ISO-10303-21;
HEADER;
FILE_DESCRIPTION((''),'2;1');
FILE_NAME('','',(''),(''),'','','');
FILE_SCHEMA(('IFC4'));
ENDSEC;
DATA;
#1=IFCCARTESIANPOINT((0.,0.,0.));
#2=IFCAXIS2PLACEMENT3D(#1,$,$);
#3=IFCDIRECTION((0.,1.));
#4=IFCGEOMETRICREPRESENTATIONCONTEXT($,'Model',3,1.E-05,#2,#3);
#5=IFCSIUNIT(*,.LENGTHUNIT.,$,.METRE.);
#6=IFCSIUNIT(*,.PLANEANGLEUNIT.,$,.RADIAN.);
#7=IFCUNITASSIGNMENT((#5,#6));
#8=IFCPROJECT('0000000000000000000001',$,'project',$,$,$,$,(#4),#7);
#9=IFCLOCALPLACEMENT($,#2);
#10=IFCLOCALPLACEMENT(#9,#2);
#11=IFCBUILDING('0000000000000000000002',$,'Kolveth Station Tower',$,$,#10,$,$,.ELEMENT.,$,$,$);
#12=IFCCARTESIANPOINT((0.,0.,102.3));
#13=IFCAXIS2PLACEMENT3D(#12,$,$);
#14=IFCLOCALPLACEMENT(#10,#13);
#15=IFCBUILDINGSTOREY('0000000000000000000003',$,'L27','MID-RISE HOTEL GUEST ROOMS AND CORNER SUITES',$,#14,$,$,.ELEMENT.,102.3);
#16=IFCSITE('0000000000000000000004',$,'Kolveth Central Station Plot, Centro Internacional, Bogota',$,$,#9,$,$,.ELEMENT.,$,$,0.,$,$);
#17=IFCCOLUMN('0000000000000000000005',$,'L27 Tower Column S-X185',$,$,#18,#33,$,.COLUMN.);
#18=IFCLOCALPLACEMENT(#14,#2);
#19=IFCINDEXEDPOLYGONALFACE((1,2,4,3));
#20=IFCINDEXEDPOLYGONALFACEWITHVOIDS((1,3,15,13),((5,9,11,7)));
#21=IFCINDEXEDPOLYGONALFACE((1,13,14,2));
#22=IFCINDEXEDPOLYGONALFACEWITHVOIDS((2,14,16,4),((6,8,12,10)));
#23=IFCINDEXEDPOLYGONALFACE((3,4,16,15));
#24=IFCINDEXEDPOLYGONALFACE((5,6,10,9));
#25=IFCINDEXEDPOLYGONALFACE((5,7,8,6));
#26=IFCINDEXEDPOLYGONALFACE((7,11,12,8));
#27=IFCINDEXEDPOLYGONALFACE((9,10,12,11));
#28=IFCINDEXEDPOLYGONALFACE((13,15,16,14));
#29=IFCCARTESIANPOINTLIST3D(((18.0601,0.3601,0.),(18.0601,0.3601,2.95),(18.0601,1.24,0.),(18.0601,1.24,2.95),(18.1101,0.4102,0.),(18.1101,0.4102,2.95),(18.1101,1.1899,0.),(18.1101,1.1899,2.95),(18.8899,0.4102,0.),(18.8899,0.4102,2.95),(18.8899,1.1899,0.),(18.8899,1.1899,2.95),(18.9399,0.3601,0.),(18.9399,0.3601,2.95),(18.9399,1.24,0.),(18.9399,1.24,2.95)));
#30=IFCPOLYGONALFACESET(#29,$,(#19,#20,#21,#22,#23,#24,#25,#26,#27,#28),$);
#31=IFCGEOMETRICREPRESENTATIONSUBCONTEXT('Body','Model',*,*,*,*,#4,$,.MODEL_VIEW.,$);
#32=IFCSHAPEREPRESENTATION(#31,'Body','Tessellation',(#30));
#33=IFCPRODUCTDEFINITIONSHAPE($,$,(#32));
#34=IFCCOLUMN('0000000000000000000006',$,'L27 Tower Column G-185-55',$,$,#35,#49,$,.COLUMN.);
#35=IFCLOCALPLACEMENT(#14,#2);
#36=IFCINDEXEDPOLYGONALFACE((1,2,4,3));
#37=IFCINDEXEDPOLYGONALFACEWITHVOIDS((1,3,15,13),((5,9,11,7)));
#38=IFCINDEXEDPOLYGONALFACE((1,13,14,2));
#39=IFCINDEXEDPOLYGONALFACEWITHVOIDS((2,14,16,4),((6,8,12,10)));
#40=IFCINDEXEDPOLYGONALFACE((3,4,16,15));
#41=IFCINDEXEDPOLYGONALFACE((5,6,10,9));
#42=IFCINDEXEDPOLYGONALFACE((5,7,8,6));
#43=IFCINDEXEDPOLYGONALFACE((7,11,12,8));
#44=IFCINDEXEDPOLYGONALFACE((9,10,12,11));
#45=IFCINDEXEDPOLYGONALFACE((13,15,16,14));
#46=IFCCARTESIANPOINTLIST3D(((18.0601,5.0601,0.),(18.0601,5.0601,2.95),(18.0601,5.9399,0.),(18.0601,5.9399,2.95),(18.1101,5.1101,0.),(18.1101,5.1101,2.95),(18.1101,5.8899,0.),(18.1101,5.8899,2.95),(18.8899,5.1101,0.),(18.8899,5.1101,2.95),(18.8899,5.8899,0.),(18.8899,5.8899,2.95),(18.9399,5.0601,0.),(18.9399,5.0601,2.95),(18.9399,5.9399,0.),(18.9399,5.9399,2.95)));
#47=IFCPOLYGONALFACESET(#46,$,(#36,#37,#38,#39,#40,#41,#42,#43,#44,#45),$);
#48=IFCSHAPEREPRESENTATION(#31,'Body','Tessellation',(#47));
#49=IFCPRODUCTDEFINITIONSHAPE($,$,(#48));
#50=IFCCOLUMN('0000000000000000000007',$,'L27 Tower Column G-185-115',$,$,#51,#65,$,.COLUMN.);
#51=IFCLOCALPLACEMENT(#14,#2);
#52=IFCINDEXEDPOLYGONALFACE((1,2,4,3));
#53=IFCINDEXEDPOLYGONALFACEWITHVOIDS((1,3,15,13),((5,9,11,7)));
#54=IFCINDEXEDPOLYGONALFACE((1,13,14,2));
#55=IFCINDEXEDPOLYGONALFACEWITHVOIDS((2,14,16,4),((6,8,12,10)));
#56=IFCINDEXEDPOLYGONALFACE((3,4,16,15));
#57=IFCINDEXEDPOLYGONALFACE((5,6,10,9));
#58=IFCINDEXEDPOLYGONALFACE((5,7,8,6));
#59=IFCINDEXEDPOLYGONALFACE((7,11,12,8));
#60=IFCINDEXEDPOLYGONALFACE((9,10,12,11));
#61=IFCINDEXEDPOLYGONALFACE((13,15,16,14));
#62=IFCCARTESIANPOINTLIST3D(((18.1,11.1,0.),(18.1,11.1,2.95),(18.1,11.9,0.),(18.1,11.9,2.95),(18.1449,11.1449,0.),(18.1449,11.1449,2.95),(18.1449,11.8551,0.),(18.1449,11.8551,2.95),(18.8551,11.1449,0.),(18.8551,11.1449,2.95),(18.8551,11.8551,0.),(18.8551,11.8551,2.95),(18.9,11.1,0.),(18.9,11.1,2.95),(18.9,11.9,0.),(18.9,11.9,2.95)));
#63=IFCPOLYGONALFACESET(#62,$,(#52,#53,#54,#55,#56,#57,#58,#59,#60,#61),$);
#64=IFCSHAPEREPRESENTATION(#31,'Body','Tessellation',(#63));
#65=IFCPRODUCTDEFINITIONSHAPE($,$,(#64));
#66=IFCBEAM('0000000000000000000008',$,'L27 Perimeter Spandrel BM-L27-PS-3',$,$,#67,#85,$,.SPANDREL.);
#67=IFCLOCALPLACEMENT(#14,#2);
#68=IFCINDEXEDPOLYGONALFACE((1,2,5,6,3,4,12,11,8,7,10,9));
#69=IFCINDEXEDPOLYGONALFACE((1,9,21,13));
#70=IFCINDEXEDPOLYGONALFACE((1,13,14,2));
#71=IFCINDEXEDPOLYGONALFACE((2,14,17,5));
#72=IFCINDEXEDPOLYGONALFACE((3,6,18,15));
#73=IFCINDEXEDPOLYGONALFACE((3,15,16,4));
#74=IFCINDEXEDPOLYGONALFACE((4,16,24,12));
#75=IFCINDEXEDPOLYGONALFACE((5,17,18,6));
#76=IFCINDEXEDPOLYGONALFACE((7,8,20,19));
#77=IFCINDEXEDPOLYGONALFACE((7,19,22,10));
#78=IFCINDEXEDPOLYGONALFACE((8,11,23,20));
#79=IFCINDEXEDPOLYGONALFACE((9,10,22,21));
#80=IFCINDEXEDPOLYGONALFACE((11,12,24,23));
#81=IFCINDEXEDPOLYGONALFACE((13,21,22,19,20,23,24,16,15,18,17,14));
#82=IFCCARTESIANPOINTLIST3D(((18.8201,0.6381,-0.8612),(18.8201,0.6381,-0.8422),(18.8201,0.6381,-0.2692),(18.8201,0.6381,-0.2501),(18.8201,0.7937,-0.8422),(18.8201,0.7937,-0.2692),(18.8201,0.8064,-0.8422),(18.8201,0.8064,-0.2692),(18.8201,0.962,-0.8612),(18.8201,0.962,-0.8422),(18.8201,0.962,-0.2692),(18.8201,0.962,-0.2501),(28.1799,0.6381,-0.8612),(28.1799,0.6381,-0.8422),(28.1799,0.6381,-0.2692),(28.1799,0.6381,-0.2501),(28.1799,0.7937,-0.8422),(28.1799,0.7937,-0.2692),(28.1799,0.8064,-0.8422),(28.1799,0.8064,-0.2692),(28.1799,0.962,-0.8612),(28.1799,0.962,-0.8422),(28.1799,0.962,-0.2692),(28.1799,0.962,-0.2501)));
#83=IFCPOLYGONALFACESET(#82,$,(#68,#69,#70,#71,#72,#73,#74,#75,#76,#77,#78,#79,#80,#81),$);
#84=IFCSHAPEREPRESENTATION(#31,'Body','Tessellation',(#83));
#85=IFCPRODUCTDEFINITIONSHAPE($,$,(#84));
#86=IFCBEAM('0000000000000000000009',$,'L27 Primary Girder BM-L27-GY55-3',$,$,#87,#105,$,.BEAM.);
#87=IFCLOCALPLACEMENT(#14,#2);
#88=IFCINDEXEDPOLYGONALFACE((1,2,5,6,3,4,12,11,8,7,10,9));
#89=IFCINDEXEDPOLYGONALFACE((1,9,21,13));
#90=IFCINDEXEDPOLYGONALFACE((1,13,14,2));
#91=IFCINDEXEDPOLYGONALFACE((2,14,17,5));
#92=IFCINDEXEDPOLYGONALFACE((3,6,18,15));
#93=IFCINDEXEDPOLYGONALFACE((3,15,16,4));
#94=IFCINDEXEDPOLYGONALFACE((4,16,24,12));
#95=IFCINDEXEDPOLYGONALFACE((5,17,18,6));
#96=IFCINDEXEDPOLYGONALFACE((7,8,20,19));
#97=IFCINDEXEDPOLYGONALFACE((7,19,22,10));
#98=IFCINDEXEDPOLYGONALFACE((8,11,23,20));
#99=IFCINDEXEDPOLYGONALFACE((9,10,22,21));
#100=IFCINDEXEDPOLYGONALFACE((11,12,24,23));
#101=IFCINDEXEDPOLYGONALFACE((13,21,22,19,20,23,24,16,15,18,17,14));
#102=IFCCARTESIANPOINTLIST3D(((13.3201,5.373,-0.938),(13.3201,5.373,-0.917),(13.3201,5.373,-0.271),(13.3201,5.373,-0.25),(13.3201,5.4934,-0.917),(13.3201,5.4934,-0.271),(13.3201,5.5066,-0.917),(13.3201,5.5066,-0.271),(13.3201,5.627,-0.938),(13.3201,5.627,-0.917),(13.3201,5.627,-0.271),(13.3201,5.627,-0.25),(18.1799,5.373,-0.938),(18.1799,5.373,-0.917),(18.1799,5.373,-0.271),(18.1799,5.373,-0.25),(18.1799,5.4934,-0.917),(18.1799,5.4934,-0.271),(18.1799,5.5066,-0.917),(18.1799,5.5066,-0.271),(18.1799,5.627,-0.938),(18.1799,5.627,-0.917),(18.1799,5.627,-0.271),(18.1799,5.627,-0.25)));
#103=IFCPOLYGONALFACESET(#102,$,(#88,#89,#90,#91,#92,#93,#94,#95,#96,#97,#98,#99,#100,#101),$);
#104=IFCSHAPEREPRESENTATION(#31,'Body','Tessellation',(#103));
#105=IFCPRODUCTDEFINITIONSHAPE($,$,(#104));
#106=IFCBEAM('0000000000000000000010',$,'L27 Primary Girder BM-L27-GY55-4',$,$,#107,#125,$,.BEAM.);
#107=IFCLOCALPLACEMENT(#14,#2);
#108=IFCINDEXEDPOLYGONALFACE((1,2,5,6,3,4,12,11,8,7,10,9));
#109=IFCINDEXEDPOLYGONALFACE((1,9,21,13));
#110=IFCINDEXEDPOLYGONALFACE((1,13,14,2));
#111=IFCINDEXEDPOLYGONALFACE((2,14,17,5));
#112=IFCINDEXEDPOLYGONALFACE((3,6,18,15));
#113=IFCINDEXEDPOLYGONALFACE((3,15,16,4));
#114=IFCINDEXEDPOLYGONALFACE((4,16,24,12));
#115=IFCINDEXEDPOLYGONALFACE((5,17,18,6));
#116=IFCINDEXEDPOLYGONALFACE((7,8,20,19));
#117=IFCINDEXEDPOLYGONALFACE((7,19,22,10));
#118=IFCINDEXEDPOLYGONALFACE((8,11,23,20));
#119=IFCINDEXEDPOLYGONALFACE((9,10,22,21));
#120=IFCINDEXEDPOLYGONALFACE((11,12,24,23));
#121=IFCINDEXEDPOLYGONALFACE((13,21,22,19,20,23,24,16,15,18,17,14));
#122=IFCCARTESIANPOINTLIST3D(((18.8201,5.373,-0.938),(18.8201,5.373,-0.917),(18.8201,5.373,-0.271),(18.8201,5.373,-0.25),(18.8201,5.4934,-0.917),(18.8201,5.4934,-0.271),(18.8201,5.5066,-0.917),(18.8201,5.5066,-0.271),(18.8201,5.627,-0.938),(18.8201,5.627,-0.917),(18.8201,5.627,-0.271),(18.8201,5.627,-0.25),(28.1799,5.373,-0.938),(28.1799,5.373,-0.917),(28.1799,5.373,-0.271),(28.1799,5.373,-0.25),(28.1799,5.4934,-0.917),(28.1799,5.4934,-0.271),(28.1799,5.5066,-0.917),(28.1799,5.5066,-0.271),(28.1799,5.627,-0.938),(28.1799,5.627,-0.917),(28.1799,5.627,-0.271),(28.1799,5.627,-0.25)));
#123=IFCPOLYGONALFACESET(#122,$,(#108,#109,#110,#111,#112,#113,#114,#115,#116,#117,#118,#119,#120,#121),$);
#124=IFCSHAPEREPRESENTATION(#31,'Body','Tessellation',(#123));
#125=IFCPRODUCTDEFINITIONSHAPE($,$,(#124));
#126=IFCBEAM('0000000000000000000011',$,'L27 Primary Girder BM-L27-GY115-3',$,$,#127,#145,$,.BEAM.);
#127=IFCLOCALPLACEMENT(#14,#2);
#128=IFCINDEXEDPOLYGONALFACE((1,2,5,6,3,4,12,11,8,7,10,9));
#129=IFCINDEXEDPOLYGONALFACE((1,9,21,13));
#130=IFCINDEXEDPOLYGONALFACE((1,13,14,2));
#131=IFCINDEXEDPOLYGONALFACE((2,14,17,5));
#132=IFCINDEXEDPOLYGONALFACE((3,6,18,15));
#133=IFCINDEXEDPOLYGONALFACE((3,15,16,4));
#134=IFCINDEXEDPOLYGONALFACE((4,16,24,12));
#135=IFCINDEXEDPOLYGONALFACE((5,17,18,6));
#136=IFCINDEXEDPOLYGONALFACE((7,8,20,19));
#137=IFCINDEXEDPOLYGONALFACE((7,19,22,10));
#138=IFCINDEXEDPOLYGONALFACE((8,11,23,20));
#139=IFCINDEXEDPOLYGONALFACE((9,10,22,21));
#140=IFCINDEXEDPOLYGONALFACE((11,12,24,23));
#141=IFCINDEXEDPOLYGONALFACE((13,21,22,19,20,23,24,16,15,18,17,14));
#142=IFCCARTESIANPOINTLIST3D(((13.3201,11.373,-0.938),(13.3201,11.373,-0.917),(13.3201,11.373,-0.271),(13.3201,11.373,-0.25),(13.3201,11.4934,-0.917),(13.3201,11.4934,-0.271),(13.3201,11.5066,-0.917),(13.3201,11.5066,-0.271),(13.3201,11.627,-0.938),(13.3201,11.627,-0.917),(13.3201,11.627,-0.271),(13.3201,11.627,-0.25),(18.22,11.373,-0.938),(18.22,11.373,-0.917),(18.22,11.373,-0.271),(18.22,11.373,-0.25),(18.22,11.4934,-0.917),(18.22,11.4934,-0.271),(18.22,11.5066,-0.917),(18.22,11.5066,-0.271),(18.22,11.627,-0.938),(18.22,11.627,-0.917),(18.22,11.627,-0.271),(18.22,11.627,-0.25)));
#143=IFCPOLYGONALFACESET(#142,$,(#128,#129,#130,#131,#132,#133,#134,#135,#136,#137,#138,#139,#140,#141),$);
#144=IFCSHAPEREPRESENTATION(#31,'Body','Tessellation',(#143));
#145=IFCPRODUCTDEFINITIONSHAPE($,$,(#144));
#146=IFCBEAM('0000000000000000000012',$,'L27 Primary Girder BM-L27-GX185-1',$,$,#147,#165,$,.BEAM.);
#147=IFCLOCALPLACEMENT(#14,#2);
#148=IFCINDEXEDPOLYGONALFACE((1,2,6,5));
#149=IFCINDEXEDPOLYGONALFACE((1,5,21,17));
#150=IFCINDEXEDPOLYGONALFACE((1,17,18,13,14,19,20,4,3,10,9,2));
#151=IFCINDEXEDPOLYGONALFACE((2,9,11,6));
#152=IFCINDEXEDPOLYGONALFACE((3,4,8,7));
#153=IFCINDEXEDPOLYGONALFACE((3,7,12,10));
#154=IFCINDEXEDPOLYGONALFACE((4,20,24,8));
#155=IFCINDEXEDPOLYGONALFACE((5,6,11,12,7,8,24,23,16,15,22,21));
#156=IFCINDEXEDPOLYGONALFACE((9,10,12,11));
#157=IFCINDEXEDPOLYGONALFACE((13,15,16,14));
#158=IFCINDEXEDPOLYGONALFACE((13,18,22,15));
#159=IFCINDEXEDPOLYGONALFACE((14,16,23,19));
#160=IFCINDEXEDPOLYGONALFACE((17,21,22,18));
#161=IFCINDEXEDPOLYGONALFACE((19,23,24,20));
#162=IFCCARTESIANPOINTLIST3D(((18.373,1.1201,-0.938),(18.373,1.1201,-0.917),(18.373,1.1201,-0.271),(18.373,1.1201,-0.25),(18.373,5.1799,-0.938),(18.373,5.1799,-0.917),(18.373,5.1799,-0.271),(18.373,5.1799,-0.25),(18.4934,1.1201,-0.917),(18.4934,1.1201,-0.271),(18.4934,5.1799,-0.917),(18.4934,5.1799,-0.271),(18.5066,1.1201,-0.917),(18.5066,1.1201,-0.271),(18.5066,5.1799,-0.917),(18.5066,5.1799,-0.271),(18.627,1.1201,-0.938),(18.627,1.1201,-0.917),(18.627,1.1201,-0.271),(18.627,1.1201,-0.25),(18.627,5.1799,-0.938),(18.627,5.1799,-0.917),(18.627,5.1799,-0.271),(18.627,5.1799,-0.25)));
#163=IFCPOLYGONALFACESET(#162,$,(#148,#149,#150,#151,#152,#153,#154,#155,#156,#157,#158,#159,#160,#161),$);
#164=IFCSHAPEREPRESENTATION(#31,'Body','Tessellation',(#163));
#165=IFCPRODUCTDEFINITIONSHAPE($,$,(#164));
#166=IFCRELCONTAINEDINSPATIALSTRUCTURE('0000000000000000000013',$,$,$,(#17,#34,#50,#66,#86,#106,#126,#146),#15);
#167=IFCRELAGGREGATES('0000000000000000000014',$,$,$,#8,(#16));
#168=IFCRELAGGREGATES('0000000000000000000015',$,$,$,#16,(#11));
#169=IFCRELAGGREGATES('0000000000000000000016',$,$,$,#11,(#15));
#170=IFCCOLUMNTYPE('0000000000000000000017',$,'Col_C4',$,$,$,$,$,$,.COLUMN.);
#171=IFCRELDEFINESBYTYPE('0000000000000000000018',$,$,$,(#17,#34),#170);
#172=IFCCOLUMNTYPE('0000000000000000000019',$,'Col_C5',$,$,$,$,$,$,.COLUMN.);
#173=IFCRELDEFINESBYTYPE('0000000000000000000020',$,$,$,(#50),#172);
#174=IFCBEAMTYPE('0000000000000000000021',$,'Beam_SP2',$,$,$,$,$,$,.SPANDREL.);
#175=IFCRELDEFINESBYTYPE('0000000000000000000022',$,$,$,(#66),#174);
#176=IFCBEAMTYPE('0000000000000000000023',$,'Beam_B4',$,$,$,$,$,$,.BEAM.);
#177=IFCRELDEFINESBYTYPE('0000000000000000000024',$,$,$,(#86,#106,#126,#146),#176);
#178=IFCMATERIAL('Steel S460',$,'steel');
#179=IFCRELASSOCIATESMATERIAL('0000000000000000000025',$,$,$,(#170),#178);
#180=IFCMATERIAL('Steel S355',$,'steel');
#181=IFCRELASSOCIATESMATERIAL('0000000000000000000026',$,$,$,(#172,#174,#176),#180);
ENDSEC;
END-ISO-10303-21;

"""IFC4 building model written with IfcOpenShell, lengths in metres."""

from ifc_helpers import new_model, si_unit, direction, frame, origin, origin_2d, place, context, subcontext, project, spatial, hollow_rectangle, i_section, extrude, source, transform, mapped, material, material_profile, profile_set, type_object, element, save


model = new_model("IFC4")

# Units and contexts
model_context = context("Model", 3, precision=1e-05, world=origin(), true_north=direction((0.0, 1.0)))
body_context = subcontext(model_context, "Body", "Model", "MODEL_VIEW")
ifc_project = project(units=[si_unit("LENGTHUNIT", "METRE"), si_unit("PLANEANGLEUNIT", "RADIAN")], contexts=[model_context])

# Site, building, storey
site_placement = place(None, origin())
site = spatial("IfcSite", under=ifc_project, at=site_placement, Name="Kolveth Central Station Plot, Centro Internacional, Bogota", CompositionType="ELEMENT", RefElevation=0.0)
building_placement = place(site_placement, origin())
building = spatial("IfcBuilding", under=site, at=building_placement, Name="Kolveth Station Tower", CompositionType="ELEMENT")
storey_placement = place(building_placement, frame((0.0, 0.0, 102.3)))
storey = spatial("IfcBuildingStorey", under=building, at=storey_placement, Name="L27", Description="MID-RISE HOTEL GUEST ROOMS AND CORNER SUITES", CompositionType="ELEMENT", Elevation=102.3)

# Columns
ifc_material_1 = material(Name="Steel S460", Category="steel")
ifc_material_profile_1 = material_profile(ifc_material_1, hollow_rectangle(XDim=0.8799, YDim=0.8799, WallThickness=0.05, at=origin_2d()), Name="BOX880x880x50")
ifc_profile_set_1 = profile_set([ifc_material_profile_1], Name="Steel S460")
column_type_1 = type_object("IfcColumnType", Name="Col_C4", PredefinedType="COLUMN", material=ifc_profile_set_1)
shared_shape_1 = source(origin(), body_context, "Body", "SweptSolid", [
    extrude(hollow_rectangle(XDim=0.8799, YDim=0.8799, WallThickness=0.05, at=origin_2d()), origin(), (0.0, 0.0, 1.0), 2.95),
])
for number, where, z_axis, x_axis, name in (
    (1, (18.5, 0.8, 0.0), (0.0, 0.0, 1.0), (1.0, 0.0, 0.0), "L27 Tower Column S-X185"),
    (2, (18.5, 5.5, 0.0), (0.0, 0.0, 1.0), (1.0, 0.0, 0.0), "L27 Tower Column G-185-55"),
):
    element("IfcColumn", number, at=place(storey_placement, frame(where, z_axis=z_axis, x_axis=x_axis)), inside=storey, type_object=column_type_1, Name=name, PredefinedType="COLUMN", context=body_context, shape_type="MappedRepresentation", body=[
        mapped(shared_shape_1, transform((0.0, 0.0, 0.0), x_axis=(1.0, 0.0, 0.0), y_axis=(0.0, 1.0, 0.0), z_axis=(0.0, 0.0, 1.0), scale=1.0)),
    ])
ifc_material_2 = material(Name="Steel S355", Category="steel")
ifc_material_profile_2 = material_profile(ifc_material_2, hollow_rectangle(XDim=0.8, YDim=0.8, WallThickness=0.0449, at=origin_2d()), Name="BOX800x800x45")
ifc_profile_set_2 = profile_set([ifc_material_profile_2], Name="Steel S355")
column_type_2 = type_object("IfcColumnType", Name="Col_C5", PredefinedType="COLUMN", material=ifc_profile_set_2)
shared_shape_2 = source(origin(), body_context, "Body", "SweptSolid", [
    extrude(hollow_rectangle(XDim=0.8, YDim=0.8, WallThickness=0.0449, at=origin_2d()), origin(), (0.0, 0.0, 1.0), 2.95),
])
column_placement = place(storey_placement, frame((18.5, 11.5, 0.0), z_axis=(0.0, 0.0, 1.0), x_axis=(1.0, 0.0, 0.0)))
element("IfcColumn", 3, at=column_placement, inside=storey, type_object=column_type_2, Name="L27 Tower Column G-185-115", PredefinedType="COLUMN", context=body_context, shape_type="MappedRepresentation", body=[
    mapped(shared_shape_2, transform((0.0, 0.0, 0.0), x_axis=(1.0, 0.0, 0.0), y_axis=(0.0, 1.0, 0.0), z_axis=(0.0, 0.0, 1.0), scale=1.0)),
])

# Beams
ifc_material_profile_3 = material_profile(ifc_material_2, i_section(OverallWidth=0.324, OverallDepth=0.6111, WebThickness=0.0127, FlangeThickness=0.019, at=origin_2d()), Name="W610x155")
ifc_profile_set_3 = profile_set([ifc_material_profile_3], Name="Steel S355")
beam_type_1 = type_object("IfcBeamType", Name="Beam_SP2", PredefinedType="SPANDREL", material=ifc_profile_set_3)
shared_shape_3 = source(origin(), body_context, "Body", "SweptSolid", [
    extrude(i_section(OverallWidth=0.324, OverallDepth=0.6111, WebThickness=0.0127, FlangeThickness=0.019, at=origin_2d()), origin(), (0.0, 0.0, 1.0), 9.3599),
])
beam_1_placement = place(storey_placement, frame((18.8201, 0.8, -0.5557), z_axis=(1.0, 0.0, 0.0), x_axis=(0.0, 1.0, 0.0)))
element("IfcBeam", 4, at=beam_1_placement, inside=storey, type_object=beam_type_1, Name="L27 Perimeter Spandrel BM-L27-PS-3", PredefinedType="SPANDREL", context=body_context, shape_type="MappedRepresentation", body=[
    mapped(shared_shape_3, transform((0.0, 0.0, 0.0), x_axis=(1.0, 0.0, 0.0), y_axis=(0.0, 1.0, 0.0), z_axis=(0.0, 0.0, 1.0), scale=1.0)),
])
ifc_material_profile_4 = material_profile(ifc_material_2, i_section(OverallWidth=0.2539, OverallDepth=0.688, WebThickness=0.0132, FlangeThickness=0.021, at=origin_2d()), Name="W690x152")
ifc_profile_set_4 = profile_set([ifc_material_profile_4], Name="Steel S355")
beam_type_2 = type_object("IfcBeamType", Name="Beam_B4", PredefinedType="BEAM", material=ifc_profile_set_4)
shared_shape_4 = source(origin(), body_context, "Body", "SweptSolid", [
    extrude(i_section(OverallWidth=0.2539, OverallDepth=0.688, WebThickness=0.0132, FlangeThickness=0.021, at=origin_2d()), origin(), (0.0, 0.0, 1.0), 4.8599),
])
beam_2_placement = place(storey_placement, frame((13.3201, 5.5, -0.594), z_axis=(1.0, 0.0, 0.0), x_axis=(0.0, 1.0, 0.0)))
element("IfcBeam", 5, at=beam_2_placement, inside=storey, type_object=beam_type_2, Name="L27 Primary Girder BM-L27-GY55-3", PredefinedType="BEAM", context=body_context, shape_type="MappedRepresentation", body=[
    mapped(shared_shape_4, transform((0.0, 0.0, 0.0), x_axis=(1.0, 0.0, 0.0), y_axis=(0.0, 1.0, 0.0), z_axis=(0.0, 0.0, 1.0), scale=1.0)),
])
shared_shape_5 = source(origin(), body_context, "Body", "SweptSolid", [
    extrude(i_section(OverallWidth=0.2539, OverallDepth=0.688, WebThickness=0.0132, FlangeThickness=0.021, at=origin_2d()), origin(), (0.0, 0.0, 1.0), 9.3599),
])
beam_3_placement = place(storey_placement, frame((18.8201, 5.5, -0.594), z_axis=(1.0, 0.0, 0.0), x_axis=(0.0, 1.0, 0.0)))
element("IfcBeam", 6, at=beam_3_placement, inside=storey, type_object=beam_type_2, Name="L27 Primary Girder BM-L27-GY55-4", PredefinedType="BEAM", context=body_context, shape_type="MappedRepresentation", body=[
    mapped(shared_shape_5, transform((0.0, 0.0, 0.0), x_axis=(1.0, 0.0, 0.0), y_axis=(0.0, 1.0, 0.0), z_axis=(0.0, 0.0, 1.0), scale=1.0)),
])
shared_shape_6 = source(origin(), body_context, "Body", "SweptSolid", [
    extrude(i_section(OverallWidth=0.2539, OverallDepth=0.688, WebThickness=0.0132, FlangeThickness=0.021, at=origin_2d()), origin(), (0.0, 0.0, 1.0), 4.8999),
])
beam_4_placement = place(storey_placement, frame((13.3201, 11.5, -0.594), z_axis=(1.0, 0.0, 0.0), x_axis=(0.0, 1.0, 0.0)))
element("IfcBeam", 7, at=beam_4_placement, inside=storey, type_object=beam_type_2, Name="L27 Primary Girder BM-L27-GY115-3", PredefinedType="BEAM", context=body_context, shape_type="MappedRepresentation", body=[
    mapped(shared_shape_6, transform((0.0, 0.0, 0.0), x_axis=(1.0, 0.0, 0.0), y_axis=(0.0, 1.0, 0.0), z_axis=(0.0, 0.0, 1.0), scale=1.0)),
])
shared_shape_7 = source(origin(), body_context, "Body", "SweptSolid", [
    extrude(i_section(OverallWidth=0.2539, OverallDepth=0.688, WebThickness=0.0132, FlangeThickness=0.021, at=origin_2d()), origin(), (0.0, 0.0, 1.0), 4.0598),
])
beam_5_placement = place(storey_placement, frame((18.5, 1.1201, -0.594), z_axis=(0.0, 1.0, 0.0), x_axis=(-1.0, 0.0, 0.0)))
element("IfcBeam", 8, at=beam_5_placement, inside=storey, type_object=beam_type_2, Name="L27 Primary Girder BM-L27-GX185-1", PredefinedType="BEAM", context=body_context, shape_type="MappedRepresentation", body=[
    mapped(shared_shape_7, transform((0.0, 0.0, 0.0), x_axis=(1.0, 0.0, 0.0), y_axis=(0.0, 1.0, 0.0), z_axis=(0.0, 0.0, 1.0), scale=1.0)),
])

save(model, "model.ifc")
